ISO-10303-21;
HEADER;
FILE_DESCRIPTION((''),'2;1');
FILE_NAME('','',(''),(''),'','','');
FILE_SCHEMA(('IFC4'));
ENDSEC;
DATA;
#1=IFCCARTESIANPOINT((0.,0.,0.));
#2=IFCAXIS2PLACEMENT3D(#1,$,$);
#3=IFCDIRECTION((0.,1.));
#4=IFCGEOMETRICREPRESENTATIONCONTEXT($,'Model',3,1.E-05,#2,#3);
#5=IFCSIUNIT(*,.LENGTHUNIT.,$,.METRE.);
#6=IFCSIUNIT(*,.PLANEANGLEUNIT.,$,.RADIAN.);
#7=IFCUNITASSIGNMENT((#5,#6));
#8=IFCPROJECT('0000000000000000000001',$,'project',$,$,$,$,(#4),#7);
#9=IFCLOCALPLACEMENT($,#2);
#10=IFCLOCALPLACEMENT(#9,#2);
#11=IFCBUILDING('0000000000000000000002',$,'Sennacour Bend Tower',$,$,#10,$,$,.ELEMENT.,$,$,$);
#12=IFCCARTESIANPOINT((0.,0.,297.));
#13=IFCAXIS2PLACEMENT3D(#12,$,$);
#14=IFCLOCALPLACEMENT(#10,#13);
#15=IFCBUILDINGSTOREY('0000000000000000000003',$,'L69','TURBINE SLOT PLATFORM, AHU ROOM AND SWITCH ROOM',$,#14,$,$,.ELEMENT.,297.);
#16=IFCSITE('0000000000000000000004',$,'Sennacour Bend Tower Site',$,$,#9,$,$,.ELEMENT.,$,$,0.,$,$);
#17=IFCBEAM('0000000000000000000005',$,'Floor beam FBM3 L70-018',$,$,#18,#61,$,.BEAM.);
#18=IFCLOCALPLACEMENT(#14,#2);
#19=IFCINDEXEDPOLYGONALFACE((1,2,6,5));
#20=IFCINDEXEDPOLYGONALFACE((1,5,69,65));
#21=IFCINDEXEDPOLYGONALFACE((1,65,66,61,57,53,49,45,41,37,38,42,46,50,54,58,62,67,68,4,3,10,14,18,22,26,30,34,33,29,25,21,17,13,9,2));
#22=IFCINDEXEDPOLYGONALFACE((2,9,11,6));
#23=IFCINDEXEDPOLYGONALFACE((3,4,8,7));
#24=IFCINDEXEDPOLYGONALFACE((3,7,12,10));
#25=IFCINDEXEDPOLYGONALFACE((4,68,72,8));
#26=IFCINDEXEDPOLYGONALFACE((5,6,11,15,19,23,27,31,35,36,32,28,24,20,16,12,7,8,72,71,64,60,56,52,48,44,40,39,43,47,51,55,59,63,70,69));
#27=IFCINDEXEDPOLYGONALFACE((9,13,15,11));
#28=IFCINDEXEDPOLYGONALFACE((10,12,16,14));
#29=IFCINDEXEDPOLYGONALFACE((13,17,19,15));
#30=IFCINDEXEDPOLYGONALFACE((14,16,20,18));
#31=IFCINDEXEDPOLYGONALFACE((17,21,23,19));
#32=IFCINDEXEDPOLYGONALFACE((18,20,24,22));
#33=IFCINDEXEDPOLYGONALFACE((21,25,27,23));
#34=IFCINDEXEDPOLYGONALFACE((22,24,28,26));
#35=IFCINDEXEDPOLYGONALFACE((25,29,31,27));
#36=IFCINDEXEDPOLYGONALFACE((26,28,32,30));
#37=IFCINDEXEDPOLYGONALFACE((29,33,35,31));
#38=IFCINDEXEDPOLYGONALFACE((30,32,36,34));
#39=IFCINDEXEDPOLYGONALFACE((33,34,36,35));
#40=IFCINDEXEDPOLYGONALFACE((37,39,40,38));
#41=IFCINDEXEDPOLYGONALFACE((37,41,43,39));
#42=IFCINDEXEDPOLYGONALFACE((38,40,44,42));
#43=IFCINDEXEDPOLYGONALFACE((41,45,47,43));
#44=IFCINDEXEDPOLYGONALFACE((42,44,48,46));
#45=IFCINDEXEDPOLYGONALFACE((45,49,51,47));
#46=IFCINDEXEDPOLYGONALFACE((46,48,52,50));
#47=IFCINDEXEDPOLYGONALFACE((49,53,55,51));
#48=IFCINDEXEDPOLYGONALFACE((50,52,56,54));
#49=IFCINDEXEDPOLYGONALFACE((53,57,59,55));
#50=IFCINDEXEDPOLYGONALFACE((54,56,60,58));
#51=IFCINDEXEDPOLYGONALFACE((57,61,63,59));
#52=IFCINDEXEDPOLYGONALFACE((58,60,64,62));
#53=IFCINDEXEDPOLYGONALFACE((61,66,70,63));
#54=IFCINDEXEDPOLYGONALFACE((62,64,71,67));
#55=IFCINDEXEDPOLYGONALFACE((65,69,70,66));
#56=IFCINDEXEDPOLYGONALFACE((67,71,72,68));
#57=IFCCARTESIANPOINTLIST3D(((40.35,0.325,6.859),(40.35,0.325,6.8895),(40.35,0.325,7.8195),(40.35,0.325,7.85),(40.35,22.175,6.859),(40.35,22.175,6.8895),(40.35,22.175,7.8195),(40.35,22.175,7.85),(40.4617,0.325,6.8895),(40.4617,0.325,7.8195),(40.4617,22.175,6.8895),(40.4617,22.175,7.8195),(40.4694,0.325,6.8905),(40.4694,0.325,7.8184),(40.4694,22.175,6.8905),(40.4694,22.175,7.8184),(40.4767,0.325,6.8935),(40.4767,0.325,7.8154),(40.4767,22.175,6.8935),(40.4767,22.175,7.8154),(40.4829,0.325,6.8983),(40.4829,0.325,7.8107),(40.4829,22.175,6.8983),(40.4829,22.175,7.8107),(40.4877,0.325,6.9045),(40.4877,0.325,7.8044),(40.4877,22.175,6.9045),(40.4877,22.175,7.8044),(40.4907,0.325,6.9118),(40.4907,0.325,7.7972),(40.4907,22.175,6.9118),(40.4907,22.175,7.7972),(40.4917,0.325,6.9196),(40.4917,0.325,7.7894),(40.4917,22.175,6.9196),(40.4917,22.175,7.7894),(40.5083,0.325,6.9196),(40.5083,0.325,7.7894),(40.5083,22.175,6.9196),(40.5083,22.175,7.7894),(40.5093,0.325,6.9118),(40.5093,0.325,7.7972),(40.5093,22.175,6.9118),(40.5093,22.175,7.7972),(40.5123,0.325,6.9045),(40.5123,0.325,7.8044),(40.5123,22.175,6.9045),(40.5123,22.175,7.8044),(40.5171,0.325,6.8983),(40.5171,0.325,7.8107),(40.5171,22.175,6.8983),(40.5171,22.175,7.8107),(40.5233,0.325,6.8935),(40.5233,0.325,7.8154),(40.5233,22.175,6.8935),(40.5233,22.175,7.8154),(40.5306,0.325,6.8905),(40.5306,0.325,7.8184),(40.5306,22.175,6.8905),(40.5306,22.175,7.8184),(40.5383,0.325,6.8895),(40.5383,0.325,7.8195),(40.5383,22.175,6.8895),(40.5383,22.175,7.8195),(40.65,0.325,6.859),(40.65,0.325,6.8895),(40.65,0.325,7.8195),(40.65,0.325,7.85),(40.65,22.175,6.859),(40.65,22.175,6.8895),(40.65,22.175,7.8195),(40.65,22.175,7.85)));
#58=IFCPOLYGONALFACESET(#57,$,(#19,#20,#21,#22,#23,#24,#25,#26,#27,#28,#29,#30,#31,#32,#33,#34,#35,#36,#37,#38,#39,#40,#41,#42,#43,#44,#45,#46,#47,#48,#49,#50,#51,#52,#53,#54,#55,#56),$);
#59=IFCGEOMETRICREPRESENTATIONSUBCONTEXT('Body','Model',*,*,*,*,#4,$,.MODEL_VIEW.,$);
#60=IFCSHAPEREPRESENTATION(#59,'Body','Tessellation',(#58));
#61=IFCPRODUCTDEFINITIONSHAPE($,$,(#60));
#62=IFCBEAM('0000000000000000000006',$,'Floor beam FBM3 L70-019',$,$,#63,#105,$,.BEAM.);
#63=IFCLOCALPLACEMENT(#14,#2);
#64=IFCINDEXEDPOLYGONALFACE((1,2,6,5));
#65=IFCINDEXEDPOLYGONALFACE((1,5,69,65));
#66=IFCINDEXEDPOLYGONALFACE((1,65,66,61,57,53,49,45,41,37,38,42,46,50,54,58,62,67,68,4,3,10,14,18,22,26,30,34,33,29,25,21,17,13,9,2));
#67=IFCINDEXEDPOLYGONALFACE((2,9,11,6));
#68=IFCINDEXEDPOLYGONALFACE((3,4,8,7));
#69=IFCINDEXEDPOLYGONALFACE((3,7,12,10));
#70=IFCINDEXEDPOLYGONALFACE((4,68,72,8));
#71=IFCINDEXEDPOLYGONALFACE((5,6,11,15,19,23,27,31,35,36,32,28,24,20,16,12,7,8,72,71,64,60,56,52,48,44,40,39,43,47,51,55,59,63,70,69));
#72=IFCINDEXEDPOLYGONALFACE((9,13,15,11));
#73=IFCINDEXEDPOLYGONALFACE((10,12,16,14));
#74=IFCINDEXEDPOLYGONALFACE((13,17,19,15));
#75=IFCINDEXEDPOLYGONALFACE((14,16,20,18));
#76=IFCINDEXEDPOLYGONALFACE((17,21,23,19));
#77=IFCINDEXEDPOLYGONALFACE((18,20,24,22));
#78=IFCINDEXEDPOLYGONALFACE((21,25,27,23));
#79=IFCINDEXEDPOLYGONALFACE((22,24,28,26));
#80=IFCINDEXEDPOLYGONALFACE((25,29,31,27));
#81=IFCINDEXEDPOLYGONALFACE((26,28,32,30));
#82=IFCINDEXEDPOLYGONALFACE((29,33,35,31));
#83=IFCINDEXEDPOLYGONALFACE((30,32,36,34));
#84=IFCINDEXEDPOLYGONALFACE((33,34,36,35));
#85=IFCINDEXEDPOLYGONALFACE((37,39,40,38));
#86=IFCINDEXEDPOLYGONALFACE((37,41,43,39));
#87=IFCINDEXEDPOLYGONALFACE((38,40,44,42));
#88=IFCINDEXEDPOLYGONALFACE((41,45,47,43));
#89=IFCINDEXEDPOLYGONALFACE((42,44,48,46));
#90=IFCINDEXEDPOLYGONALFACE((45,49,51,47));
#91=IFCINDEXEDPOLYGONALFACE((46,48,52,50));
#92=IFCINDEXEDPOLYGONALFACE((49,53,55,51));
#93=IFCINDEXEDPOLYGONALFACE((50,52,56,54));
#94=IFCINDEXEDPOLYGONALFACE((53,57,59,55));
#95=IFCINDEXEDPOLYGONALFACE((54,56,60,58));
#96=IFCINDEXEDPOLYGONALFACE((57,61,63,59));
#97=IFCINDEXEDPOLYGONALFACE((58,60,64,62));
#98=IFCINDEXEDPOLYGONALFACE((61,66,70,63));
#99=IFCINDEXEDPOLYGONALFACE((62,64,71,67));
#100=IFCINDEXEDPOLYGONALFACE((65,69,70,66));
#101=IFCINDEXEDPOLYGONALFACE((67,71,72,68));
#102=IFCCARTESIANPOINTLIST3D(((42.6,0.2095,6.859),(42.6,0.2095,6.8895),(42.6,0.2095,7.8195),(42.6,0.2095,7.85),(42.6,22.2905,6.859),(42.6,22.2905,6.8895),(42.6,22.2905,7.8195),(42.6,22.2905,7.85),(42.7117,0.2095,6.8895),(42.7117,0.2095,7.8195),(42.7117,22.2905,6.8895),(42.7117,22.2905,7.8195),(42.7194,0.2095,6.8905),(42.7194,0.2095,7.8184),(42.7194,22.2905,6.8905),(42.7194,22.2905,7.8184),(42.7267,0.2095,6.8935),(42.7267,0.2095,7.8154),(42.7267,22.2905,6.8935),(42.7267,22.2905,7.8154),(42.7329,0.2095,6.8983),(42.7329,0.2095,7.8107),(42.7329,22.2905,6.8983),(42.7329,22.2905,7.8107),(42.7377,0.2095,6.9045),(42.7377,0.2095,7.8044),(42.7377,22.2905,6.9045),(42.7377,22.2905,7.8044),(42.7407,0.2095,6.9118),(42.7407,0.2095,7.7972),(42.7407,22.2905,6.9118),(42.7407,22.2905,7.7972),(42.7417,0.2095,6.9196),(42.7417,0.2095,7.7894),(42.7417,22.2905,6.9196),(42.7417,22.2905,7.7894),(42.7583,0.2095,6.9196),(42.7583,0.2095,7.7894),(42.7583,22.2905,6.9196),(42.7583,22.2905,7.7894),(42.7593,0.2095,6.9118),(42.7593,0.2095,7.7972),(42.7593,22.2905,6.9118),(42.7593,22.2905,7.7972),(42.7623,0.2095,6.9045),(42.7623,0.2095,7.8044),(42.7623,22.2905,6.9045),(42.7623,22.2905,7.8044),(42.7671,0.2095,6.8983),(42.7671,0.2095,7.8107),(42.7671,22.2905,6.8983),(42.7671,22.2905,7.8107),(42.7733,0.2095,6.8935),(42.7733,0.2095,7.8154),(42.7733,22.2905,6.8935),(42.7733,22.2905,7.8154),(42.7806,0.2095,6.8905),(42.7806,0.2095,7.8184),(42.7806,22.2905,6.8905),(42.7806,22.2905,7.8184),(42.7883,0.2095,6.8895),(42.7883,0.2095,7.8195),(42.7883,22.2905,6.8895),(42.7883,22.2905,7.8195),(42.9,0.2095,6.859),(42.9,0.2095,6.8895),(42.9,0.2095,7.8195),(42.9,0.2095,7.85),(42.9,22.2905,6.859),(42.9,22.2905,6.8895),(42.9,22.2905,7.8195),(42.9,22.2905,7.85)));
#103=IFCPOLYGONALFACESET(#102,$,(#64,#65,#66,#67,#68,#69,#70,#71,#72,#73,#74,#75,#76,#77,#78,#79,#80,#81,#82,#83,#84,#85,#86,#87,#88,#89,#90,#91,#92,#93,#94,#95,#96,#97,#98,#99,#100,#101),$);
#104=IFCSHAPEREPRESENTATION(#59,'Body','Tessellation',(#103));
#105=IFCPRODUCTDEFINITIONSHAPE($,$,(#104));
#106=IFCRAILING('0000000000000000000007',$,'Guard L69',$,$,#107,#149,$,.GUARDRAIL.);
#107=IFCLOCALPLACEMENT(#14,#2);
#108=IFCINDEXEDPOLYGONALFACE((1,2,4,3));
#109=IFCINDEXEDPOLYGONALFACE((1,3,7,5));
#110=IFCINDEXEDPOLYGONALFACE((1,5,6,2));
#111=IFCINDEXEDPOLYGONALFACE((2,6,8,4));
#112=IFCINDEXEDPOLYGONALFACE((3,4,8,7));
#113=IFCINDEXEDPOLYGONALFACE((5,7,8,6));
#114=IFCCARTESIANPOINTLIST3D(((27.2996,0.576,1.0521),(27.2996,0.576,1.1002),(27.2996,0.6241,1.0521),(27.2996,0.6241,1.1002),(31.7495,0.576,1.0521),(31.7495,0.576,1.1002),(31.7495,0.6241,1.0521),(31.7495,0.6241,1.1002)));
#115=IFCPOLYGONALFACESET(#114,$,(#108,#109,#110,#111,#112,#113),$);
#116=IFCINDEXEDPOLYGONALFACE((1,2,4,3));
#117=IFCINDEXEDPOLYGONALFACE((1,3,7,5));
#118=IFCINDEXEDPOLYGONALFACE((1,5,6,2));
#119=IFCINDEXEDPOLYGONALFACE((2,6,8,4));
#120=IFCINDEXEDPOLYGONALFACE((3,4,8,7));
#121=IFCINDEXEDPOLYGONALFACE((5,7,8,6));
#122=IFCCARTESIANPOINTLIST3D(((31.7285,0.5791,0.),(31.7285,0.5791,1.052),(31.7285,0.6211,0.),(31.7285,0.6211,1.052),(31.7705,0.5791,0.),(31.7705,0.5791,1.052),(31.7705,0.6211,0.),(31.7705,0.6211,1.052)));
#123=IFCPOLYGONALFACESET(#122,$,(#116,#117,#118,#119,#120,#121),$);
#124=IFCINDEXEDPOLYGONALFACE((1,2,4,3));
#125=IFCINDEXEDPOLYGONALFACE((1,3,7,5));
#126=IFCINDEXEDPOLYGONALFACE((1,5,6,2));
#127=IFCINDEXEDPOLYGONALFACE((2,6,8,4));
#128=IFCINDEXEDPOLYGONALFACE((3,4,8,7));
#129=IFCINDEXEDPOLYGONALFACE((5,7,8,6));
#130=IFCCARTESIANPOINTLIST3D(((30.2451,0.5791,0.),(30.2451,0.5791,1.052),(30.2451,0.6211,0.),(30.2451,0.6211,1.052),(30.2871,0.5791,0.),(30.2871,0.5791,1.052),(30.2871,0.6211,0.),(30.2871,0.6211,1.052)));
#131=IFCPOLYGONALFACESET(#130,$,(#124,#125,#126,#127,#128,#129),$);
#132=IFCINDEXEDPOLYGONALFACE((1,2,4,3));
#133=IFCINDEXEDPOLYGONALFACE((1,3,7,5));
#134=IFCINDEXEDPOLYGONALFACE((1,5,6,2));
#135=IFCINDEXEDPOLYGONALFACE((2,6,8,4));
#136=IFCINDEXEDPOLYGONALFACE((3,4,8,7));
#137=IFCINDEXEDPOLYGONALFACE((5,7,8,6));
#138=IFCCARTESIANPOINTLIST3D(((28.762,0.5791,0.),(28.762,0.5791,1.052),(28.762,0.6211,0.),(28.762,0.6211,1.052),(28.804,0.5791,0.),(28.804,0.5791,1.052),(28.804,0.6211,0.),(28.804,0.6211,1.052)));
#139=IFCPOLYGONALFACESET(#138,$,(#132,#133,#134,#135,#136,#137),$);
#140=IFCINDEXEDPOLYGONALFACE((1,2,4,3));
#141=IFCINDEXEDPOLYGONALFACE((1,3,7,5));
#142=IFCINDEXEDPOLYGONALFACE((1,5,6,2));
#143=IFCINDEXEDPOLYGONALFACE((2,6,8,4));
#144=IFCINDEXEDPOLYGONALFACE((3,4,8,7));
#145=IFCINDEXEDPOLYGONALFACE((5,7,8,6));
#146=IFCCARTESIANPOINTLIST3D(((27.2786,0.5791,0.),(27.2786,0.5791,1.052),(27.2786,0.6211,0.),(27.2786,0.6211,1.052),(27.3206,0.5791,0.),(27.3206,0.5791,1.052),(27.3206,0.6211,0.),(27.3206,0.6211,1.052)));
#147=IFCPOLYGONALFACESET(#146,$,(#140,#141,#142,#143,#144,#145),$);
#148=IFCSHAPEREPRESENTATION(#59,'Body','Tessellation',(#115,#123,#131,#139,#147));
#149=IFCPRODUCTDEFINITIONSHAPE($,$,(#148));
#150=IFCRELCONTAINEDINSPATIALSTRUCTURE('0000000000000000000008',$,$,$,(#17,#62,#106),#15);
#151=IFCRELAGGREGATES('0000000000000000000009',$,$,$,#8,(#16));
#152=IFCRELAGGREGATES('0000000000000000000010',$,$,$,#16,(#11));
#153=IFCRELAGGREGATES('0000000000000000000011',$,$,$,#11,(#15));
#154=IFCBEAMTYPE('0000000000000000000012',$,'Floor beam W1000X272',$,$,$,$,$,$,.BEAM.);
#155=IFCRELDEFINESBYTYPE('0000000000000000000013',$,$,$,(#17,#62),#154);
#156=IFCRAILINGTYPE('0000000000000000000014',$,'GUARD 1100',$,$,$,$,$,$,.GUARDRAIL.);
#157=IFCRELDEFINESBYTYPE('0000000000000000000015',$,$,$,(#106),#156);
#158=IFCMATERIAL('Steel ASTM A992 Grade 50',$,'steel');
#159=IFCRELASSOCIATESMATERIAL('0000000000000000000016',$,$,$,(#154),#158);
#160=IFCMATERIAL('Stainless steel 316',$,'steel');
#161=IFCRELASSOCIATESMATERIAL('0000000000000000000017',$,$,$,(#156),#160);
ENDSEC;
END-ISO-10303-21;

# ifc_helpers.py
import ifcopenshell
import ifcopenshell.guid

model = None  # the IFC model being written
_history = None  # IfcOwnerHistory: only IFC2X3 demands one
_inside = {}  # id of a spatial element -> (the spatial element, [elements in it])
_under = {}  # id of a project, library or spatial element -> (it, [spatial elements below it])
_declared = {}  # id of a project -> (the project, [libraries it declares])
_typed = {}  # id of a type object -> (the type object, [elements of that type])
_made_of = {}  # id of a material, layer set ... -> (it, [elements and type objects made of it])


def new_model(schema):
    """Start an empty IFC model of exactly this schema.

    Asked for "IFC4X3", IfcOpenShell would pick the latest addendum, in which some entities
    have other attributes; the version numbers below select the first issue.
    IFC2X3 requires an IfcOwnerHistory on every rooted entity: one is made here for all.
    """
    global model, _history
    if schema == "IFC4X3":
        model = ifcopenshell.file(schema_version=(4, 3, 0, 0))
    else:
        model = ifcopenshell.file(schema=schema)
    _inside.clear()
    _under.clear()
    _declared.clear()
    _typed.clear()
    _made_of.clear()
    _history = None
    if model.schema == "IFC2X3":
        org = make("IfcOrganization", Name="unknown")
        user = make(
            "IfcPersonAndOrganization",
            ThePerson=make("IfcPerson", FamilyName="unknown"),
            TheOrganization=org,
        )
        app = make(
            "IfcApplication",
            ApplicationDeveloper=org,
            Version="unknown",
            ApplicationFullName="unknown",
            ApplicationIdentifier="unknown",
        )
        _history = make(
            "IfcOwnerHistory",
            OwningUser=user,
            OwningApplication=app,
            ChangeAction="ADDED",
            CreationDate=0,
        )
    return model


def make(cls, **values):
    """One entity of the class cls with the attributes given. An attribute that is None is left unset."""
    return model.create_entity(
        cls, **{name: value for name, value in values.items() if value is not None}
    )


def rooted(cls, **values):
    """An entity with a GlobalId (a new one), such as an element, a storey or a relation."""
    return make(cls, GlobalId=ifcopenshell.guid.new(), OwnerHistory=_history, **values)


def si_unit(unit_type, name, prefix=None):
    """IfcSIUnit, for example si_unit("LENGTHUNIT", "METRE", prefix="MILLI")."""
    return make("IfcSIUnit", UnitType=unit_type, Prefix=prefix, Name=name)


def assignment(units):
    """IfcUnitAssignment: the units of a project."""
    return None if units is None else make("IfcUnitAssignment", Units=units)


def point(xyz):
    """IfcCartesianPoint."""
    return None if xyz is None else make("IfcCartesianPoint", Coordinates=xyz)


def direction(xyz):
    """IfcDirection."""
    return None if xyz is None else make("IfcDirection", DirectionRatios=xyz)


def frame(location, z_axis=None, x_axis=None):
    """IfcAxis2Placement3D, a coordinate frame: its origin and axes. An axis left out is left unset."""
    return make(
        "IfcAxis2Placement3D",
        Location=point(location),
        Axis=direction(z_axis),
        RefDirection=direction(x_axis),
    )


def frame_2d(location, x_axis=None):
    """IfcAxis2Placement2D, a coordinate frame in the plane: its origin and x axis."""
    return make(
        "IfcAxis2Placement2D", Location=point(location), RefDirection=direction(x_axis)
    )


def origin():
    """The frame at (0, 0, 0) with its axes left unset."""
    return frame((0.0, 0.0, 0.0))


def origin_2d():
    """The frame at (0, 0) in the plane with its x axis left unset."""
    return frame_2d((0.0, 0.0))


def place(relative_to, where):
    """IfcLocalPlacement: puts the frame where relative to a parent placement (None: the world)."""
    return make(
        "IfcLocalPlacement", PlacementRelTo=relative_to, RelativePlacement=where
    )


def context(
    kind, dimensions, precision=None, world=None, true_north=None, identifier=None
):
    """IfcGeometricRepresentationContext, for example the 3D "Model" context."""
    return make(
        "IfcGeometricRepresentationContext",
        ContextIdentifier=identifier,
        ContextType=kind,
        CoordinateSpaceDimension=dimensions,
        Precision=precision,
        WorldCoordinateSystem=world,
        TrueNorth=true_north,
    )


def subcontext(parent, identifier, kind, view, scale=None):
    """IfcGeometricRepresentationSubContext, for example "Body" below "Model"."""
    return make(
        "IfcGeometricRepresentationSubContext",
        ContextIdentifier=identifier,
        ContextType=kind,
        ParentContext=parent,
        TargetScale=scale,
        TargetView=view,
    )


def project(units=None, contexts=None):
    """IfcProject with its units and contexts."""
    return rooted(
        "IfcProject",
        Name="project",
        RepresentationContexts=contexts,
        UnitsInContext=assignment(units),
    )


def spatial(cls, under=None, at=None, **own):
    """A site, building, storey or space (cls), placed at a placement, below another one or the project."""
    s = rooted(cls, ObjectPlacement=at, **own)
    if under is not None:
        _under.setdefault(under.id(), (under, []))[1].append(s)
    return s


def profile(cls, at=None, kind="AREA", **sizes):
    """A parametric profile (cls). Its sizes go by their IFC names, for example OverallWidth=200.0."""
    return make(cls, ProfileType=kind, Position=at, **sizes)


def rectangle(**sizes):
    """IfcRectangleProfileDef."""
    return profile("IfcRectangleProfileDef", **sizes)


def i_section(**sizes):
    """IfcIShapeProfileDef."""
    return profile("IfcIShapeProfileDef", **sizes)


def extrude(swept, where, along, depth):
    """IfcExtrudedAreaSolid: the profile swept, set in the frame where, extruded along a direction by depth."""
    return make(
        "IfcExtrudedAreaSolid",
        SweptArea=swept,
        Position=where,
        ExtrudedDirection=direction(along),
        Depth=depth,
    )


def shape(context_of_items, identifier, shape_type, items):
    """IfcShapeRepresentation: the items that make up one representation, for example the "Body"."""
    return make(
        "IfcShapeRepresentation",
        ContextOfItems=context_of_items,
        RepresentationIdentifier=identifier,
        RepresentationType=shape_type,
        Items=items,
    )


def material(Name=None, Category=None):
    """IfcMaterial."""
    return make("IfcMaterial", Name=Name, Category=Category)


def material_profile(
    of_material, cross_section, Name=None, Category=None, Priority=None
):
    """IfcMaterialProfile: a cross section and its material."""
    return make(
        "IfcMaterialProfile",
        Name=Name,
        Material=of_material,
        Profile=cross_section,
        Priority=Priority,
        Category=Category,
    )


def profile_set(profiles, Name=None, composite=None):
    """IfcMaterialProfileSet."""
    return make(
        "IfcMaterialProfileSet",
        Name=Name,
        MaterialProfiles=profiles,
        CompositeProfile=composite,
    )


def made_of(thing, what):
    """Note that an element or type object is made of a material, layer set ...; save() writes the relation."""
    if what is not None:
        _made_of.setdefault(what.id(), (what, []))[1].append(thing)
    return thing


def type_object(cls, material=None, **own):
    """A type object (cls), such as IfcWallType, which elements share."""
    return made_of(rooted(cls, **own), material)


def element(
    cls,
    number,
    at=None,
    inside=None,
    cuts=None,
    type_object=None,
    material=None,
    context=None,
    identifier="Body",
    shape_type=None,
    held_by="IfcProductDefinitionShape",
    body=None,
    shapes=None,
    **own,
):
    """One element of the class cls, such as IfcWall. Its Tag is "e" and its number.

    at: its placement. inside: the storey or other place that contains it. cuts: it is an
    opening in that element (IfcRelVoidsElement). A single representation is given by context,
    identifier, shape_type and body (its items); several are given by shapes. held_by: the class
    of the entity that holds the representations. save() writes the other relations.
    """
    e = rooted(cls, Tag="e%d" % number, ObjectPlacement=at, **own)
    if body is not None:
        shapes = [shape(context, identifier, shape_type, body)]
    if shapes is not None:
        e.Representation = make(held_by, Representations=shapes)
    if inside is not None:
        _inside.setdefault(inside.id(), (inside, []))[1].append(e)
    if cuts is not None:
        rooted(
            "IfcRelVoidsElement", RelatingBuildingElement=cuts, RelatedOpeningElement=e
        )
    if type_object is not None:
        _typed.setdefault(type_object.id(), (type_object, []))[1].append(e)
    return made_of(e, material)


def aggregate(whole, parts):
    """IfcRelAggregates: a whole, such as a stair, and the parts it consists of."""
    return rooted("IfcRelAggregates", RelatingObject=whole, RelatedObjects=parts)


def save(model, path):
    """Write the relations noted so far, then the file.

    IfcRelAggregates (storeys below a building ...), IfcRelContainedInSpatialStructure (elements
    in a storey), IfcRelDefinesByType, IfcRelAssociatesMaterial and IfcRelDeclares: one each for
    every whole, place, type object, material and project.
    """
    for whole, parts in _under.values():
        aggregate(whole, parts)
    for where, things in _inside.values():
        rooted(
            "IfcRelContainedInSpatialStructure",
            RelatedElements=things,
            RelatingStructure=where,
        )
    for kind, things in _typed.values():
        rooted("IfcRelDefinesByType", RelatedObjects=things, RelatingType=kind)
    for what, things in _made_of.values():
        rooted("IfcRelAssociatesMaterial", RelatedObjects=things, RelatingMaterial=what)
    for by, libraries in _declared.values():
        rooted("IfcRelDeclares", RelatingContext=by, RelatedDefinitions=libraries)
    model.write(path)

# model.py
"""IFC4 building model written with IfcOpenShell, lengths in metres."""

from ifc_helpers import new_model, si_unit, direction, frame, origin, origin_2d, place, context, subcontext, project, spatial, rectangle, i_section, extrude, material, material_profile, profile_set, type_object, element, save


model = new_model("IFC4")

# Units and contexts
model_context = context("Model", 3, precision=1e-05, world=origin(), true_north=direction((0.0, 1.0)))
body_context = subcontext(model_context, "Body", "Model", "MODEL_VIEW")
ifc_project = project(units=[si_unit("LENGTHUNIT", "METRE"), si_unit("PLANEANGLEUNIT", "RADIAN")], contexts=[model_context])

# Site, building, storey
site_placement = place(None, origin())
site = spatial("IfcSite", under=ifc_project, at=site_placement, Name="Sennacour Bend Tower Site", CompositionType="ELEMENT", RefElevation=0.0)
building_placement = place(site_placement, origin())
building = spatial("IfcBuilding", under=site, at=building_placement, Name="Sennacour Bend Tower", CompositionType="ELEMENT")
storey_placement = place(building_placement, frame((0.0, 0.0, 297.0)))
storey = spatial("IfcBuildingStorey", under=building, at=storey_placement, Name="L69", Description="TURBINE SLOT PLATFORM, AHU ROOM AND SWITCH ROOM", CompositionType="ELEMENT", Elevation=297.0)

# Shared definitions
ifc_material_1 = material(Name="Steel ASTM A992 Grade 50", Category="steel")

# Beams
ifc_material_profile_1 = material_profile(ifc_material_1, i_section(OverallWidth=0.3, OverallDepth=0.991, WebThickness=0.0166, FlangeThickness=0.0305, FilletRadius=0.03, at=origin_2d()), Name="Steel ASTM A992 Grade 50", Category="steel")
ifc_profile_set_1 = profile_set([ifc_material_profile_1], Name="Steel ASTM A992 Grade 50")
beam_type = type_object("IfcBeamType", Name="Floor beam W1000X272", PredefinedType="BEAM", material=ifc_profile_set_1)
beam_1_placement = place(storey_placement, frame((40.5, 0.325, 7.3545), z_axis=(0.0, 1.0, 0.0), x_axis=(-1.0, 0.0, 0.0)))
element("IfcBeam", 1, at=beam_1_placement, inside=storey, type_object=beam_type, Name="Floor beam FBM3 L70-018", PredefinedType="BEAM", context=body_context, shape_type="SweptSolid", body=[
    extrude(i_section(OverallWidth=0.3, OverallDepth=0.991, WebThickness=0.0166, FlangeThickness=0.0305, FilletRadius=0.03, at=origin_2d()), origin(), (0.0, 0.0, 1.0), 21.8501),
])
beam_2_placement = place(storey_placement, frame((42.75, 0.2095, 7.3545), z_axis=(0.0, 1.0, 0.0), x_axis=(-1.0, 0.0, 0.0)))
element("IfcBeam", 2, at=beam_2_placement, inside=storey, type_object=beam_type, Name="Floor beam FBM3 L70-019", PredefinedType="BEAM", context=body_context, shape_type="SweptSolid", body=[
    extrude(i_section(OverallWidth=0.3, OverallDepth=0.991, WebThickness=0.0166, FlangeThickness=0.0305, FilletRadius=0.03, at=origin_2d()), origin(), (0.0, 0.0, 1.0), 22.0811),
])

# Railing
ifc_material_2 = material(Name="Stainless steel 316", Category="steel")
railing_type = type_object("IfcRailingType", Name="GUARD 1100", PredefinedType="GUARDRAIL", material=ifc_material_2)
railing_placement = place(storey_placement, frame((31.7495, 0.6001, 0.0)))
element("IfcRailing", 3, at=railing_placement, inside=storey, type_object=railing_type, Name="Guard L69", PredefinedType="GUARDRAIL", context=body_context, shape_type="SweptSolid", body=[
    extrude(rectangle(XDim=0.0481, YDim=0.0481, at=origin_2d()), frame((0.0, 0.0, 1.0762), z_axis=(-1.0, 0.0, 0.0), x_axis=(0.0, -1.0, 0.0)), (0.0, 0.0, 1.0), 4.45),
    extrude(rectangle(XDim=0.042, YDim=0.042, at=origin_2d()), origin(), (0.0, 0.0, 1.0), 1.052),
    extrude(rectangle(XDim=0.042, YDim=0.042, at=origin_2d()), frame((-1.4834, 0.0, 0.0)), (0.0, 0.0, 1.0), 1.052),
    extrude(rectangle(XDim=0.042, YDim=0.042, at=origin_2d()), frame((-2.9666, 0.0, 0.0)), (0.0, 0.0, 1.0), 1.052),
    extrude(rectangle(XDim=0.042, YDim=0.042, at=origin_2d()), frame((-4.45, 0.0, 0.0)), (0.0, 0.0, 1.0), 1.052),
])

save(model, "model.ifc")
